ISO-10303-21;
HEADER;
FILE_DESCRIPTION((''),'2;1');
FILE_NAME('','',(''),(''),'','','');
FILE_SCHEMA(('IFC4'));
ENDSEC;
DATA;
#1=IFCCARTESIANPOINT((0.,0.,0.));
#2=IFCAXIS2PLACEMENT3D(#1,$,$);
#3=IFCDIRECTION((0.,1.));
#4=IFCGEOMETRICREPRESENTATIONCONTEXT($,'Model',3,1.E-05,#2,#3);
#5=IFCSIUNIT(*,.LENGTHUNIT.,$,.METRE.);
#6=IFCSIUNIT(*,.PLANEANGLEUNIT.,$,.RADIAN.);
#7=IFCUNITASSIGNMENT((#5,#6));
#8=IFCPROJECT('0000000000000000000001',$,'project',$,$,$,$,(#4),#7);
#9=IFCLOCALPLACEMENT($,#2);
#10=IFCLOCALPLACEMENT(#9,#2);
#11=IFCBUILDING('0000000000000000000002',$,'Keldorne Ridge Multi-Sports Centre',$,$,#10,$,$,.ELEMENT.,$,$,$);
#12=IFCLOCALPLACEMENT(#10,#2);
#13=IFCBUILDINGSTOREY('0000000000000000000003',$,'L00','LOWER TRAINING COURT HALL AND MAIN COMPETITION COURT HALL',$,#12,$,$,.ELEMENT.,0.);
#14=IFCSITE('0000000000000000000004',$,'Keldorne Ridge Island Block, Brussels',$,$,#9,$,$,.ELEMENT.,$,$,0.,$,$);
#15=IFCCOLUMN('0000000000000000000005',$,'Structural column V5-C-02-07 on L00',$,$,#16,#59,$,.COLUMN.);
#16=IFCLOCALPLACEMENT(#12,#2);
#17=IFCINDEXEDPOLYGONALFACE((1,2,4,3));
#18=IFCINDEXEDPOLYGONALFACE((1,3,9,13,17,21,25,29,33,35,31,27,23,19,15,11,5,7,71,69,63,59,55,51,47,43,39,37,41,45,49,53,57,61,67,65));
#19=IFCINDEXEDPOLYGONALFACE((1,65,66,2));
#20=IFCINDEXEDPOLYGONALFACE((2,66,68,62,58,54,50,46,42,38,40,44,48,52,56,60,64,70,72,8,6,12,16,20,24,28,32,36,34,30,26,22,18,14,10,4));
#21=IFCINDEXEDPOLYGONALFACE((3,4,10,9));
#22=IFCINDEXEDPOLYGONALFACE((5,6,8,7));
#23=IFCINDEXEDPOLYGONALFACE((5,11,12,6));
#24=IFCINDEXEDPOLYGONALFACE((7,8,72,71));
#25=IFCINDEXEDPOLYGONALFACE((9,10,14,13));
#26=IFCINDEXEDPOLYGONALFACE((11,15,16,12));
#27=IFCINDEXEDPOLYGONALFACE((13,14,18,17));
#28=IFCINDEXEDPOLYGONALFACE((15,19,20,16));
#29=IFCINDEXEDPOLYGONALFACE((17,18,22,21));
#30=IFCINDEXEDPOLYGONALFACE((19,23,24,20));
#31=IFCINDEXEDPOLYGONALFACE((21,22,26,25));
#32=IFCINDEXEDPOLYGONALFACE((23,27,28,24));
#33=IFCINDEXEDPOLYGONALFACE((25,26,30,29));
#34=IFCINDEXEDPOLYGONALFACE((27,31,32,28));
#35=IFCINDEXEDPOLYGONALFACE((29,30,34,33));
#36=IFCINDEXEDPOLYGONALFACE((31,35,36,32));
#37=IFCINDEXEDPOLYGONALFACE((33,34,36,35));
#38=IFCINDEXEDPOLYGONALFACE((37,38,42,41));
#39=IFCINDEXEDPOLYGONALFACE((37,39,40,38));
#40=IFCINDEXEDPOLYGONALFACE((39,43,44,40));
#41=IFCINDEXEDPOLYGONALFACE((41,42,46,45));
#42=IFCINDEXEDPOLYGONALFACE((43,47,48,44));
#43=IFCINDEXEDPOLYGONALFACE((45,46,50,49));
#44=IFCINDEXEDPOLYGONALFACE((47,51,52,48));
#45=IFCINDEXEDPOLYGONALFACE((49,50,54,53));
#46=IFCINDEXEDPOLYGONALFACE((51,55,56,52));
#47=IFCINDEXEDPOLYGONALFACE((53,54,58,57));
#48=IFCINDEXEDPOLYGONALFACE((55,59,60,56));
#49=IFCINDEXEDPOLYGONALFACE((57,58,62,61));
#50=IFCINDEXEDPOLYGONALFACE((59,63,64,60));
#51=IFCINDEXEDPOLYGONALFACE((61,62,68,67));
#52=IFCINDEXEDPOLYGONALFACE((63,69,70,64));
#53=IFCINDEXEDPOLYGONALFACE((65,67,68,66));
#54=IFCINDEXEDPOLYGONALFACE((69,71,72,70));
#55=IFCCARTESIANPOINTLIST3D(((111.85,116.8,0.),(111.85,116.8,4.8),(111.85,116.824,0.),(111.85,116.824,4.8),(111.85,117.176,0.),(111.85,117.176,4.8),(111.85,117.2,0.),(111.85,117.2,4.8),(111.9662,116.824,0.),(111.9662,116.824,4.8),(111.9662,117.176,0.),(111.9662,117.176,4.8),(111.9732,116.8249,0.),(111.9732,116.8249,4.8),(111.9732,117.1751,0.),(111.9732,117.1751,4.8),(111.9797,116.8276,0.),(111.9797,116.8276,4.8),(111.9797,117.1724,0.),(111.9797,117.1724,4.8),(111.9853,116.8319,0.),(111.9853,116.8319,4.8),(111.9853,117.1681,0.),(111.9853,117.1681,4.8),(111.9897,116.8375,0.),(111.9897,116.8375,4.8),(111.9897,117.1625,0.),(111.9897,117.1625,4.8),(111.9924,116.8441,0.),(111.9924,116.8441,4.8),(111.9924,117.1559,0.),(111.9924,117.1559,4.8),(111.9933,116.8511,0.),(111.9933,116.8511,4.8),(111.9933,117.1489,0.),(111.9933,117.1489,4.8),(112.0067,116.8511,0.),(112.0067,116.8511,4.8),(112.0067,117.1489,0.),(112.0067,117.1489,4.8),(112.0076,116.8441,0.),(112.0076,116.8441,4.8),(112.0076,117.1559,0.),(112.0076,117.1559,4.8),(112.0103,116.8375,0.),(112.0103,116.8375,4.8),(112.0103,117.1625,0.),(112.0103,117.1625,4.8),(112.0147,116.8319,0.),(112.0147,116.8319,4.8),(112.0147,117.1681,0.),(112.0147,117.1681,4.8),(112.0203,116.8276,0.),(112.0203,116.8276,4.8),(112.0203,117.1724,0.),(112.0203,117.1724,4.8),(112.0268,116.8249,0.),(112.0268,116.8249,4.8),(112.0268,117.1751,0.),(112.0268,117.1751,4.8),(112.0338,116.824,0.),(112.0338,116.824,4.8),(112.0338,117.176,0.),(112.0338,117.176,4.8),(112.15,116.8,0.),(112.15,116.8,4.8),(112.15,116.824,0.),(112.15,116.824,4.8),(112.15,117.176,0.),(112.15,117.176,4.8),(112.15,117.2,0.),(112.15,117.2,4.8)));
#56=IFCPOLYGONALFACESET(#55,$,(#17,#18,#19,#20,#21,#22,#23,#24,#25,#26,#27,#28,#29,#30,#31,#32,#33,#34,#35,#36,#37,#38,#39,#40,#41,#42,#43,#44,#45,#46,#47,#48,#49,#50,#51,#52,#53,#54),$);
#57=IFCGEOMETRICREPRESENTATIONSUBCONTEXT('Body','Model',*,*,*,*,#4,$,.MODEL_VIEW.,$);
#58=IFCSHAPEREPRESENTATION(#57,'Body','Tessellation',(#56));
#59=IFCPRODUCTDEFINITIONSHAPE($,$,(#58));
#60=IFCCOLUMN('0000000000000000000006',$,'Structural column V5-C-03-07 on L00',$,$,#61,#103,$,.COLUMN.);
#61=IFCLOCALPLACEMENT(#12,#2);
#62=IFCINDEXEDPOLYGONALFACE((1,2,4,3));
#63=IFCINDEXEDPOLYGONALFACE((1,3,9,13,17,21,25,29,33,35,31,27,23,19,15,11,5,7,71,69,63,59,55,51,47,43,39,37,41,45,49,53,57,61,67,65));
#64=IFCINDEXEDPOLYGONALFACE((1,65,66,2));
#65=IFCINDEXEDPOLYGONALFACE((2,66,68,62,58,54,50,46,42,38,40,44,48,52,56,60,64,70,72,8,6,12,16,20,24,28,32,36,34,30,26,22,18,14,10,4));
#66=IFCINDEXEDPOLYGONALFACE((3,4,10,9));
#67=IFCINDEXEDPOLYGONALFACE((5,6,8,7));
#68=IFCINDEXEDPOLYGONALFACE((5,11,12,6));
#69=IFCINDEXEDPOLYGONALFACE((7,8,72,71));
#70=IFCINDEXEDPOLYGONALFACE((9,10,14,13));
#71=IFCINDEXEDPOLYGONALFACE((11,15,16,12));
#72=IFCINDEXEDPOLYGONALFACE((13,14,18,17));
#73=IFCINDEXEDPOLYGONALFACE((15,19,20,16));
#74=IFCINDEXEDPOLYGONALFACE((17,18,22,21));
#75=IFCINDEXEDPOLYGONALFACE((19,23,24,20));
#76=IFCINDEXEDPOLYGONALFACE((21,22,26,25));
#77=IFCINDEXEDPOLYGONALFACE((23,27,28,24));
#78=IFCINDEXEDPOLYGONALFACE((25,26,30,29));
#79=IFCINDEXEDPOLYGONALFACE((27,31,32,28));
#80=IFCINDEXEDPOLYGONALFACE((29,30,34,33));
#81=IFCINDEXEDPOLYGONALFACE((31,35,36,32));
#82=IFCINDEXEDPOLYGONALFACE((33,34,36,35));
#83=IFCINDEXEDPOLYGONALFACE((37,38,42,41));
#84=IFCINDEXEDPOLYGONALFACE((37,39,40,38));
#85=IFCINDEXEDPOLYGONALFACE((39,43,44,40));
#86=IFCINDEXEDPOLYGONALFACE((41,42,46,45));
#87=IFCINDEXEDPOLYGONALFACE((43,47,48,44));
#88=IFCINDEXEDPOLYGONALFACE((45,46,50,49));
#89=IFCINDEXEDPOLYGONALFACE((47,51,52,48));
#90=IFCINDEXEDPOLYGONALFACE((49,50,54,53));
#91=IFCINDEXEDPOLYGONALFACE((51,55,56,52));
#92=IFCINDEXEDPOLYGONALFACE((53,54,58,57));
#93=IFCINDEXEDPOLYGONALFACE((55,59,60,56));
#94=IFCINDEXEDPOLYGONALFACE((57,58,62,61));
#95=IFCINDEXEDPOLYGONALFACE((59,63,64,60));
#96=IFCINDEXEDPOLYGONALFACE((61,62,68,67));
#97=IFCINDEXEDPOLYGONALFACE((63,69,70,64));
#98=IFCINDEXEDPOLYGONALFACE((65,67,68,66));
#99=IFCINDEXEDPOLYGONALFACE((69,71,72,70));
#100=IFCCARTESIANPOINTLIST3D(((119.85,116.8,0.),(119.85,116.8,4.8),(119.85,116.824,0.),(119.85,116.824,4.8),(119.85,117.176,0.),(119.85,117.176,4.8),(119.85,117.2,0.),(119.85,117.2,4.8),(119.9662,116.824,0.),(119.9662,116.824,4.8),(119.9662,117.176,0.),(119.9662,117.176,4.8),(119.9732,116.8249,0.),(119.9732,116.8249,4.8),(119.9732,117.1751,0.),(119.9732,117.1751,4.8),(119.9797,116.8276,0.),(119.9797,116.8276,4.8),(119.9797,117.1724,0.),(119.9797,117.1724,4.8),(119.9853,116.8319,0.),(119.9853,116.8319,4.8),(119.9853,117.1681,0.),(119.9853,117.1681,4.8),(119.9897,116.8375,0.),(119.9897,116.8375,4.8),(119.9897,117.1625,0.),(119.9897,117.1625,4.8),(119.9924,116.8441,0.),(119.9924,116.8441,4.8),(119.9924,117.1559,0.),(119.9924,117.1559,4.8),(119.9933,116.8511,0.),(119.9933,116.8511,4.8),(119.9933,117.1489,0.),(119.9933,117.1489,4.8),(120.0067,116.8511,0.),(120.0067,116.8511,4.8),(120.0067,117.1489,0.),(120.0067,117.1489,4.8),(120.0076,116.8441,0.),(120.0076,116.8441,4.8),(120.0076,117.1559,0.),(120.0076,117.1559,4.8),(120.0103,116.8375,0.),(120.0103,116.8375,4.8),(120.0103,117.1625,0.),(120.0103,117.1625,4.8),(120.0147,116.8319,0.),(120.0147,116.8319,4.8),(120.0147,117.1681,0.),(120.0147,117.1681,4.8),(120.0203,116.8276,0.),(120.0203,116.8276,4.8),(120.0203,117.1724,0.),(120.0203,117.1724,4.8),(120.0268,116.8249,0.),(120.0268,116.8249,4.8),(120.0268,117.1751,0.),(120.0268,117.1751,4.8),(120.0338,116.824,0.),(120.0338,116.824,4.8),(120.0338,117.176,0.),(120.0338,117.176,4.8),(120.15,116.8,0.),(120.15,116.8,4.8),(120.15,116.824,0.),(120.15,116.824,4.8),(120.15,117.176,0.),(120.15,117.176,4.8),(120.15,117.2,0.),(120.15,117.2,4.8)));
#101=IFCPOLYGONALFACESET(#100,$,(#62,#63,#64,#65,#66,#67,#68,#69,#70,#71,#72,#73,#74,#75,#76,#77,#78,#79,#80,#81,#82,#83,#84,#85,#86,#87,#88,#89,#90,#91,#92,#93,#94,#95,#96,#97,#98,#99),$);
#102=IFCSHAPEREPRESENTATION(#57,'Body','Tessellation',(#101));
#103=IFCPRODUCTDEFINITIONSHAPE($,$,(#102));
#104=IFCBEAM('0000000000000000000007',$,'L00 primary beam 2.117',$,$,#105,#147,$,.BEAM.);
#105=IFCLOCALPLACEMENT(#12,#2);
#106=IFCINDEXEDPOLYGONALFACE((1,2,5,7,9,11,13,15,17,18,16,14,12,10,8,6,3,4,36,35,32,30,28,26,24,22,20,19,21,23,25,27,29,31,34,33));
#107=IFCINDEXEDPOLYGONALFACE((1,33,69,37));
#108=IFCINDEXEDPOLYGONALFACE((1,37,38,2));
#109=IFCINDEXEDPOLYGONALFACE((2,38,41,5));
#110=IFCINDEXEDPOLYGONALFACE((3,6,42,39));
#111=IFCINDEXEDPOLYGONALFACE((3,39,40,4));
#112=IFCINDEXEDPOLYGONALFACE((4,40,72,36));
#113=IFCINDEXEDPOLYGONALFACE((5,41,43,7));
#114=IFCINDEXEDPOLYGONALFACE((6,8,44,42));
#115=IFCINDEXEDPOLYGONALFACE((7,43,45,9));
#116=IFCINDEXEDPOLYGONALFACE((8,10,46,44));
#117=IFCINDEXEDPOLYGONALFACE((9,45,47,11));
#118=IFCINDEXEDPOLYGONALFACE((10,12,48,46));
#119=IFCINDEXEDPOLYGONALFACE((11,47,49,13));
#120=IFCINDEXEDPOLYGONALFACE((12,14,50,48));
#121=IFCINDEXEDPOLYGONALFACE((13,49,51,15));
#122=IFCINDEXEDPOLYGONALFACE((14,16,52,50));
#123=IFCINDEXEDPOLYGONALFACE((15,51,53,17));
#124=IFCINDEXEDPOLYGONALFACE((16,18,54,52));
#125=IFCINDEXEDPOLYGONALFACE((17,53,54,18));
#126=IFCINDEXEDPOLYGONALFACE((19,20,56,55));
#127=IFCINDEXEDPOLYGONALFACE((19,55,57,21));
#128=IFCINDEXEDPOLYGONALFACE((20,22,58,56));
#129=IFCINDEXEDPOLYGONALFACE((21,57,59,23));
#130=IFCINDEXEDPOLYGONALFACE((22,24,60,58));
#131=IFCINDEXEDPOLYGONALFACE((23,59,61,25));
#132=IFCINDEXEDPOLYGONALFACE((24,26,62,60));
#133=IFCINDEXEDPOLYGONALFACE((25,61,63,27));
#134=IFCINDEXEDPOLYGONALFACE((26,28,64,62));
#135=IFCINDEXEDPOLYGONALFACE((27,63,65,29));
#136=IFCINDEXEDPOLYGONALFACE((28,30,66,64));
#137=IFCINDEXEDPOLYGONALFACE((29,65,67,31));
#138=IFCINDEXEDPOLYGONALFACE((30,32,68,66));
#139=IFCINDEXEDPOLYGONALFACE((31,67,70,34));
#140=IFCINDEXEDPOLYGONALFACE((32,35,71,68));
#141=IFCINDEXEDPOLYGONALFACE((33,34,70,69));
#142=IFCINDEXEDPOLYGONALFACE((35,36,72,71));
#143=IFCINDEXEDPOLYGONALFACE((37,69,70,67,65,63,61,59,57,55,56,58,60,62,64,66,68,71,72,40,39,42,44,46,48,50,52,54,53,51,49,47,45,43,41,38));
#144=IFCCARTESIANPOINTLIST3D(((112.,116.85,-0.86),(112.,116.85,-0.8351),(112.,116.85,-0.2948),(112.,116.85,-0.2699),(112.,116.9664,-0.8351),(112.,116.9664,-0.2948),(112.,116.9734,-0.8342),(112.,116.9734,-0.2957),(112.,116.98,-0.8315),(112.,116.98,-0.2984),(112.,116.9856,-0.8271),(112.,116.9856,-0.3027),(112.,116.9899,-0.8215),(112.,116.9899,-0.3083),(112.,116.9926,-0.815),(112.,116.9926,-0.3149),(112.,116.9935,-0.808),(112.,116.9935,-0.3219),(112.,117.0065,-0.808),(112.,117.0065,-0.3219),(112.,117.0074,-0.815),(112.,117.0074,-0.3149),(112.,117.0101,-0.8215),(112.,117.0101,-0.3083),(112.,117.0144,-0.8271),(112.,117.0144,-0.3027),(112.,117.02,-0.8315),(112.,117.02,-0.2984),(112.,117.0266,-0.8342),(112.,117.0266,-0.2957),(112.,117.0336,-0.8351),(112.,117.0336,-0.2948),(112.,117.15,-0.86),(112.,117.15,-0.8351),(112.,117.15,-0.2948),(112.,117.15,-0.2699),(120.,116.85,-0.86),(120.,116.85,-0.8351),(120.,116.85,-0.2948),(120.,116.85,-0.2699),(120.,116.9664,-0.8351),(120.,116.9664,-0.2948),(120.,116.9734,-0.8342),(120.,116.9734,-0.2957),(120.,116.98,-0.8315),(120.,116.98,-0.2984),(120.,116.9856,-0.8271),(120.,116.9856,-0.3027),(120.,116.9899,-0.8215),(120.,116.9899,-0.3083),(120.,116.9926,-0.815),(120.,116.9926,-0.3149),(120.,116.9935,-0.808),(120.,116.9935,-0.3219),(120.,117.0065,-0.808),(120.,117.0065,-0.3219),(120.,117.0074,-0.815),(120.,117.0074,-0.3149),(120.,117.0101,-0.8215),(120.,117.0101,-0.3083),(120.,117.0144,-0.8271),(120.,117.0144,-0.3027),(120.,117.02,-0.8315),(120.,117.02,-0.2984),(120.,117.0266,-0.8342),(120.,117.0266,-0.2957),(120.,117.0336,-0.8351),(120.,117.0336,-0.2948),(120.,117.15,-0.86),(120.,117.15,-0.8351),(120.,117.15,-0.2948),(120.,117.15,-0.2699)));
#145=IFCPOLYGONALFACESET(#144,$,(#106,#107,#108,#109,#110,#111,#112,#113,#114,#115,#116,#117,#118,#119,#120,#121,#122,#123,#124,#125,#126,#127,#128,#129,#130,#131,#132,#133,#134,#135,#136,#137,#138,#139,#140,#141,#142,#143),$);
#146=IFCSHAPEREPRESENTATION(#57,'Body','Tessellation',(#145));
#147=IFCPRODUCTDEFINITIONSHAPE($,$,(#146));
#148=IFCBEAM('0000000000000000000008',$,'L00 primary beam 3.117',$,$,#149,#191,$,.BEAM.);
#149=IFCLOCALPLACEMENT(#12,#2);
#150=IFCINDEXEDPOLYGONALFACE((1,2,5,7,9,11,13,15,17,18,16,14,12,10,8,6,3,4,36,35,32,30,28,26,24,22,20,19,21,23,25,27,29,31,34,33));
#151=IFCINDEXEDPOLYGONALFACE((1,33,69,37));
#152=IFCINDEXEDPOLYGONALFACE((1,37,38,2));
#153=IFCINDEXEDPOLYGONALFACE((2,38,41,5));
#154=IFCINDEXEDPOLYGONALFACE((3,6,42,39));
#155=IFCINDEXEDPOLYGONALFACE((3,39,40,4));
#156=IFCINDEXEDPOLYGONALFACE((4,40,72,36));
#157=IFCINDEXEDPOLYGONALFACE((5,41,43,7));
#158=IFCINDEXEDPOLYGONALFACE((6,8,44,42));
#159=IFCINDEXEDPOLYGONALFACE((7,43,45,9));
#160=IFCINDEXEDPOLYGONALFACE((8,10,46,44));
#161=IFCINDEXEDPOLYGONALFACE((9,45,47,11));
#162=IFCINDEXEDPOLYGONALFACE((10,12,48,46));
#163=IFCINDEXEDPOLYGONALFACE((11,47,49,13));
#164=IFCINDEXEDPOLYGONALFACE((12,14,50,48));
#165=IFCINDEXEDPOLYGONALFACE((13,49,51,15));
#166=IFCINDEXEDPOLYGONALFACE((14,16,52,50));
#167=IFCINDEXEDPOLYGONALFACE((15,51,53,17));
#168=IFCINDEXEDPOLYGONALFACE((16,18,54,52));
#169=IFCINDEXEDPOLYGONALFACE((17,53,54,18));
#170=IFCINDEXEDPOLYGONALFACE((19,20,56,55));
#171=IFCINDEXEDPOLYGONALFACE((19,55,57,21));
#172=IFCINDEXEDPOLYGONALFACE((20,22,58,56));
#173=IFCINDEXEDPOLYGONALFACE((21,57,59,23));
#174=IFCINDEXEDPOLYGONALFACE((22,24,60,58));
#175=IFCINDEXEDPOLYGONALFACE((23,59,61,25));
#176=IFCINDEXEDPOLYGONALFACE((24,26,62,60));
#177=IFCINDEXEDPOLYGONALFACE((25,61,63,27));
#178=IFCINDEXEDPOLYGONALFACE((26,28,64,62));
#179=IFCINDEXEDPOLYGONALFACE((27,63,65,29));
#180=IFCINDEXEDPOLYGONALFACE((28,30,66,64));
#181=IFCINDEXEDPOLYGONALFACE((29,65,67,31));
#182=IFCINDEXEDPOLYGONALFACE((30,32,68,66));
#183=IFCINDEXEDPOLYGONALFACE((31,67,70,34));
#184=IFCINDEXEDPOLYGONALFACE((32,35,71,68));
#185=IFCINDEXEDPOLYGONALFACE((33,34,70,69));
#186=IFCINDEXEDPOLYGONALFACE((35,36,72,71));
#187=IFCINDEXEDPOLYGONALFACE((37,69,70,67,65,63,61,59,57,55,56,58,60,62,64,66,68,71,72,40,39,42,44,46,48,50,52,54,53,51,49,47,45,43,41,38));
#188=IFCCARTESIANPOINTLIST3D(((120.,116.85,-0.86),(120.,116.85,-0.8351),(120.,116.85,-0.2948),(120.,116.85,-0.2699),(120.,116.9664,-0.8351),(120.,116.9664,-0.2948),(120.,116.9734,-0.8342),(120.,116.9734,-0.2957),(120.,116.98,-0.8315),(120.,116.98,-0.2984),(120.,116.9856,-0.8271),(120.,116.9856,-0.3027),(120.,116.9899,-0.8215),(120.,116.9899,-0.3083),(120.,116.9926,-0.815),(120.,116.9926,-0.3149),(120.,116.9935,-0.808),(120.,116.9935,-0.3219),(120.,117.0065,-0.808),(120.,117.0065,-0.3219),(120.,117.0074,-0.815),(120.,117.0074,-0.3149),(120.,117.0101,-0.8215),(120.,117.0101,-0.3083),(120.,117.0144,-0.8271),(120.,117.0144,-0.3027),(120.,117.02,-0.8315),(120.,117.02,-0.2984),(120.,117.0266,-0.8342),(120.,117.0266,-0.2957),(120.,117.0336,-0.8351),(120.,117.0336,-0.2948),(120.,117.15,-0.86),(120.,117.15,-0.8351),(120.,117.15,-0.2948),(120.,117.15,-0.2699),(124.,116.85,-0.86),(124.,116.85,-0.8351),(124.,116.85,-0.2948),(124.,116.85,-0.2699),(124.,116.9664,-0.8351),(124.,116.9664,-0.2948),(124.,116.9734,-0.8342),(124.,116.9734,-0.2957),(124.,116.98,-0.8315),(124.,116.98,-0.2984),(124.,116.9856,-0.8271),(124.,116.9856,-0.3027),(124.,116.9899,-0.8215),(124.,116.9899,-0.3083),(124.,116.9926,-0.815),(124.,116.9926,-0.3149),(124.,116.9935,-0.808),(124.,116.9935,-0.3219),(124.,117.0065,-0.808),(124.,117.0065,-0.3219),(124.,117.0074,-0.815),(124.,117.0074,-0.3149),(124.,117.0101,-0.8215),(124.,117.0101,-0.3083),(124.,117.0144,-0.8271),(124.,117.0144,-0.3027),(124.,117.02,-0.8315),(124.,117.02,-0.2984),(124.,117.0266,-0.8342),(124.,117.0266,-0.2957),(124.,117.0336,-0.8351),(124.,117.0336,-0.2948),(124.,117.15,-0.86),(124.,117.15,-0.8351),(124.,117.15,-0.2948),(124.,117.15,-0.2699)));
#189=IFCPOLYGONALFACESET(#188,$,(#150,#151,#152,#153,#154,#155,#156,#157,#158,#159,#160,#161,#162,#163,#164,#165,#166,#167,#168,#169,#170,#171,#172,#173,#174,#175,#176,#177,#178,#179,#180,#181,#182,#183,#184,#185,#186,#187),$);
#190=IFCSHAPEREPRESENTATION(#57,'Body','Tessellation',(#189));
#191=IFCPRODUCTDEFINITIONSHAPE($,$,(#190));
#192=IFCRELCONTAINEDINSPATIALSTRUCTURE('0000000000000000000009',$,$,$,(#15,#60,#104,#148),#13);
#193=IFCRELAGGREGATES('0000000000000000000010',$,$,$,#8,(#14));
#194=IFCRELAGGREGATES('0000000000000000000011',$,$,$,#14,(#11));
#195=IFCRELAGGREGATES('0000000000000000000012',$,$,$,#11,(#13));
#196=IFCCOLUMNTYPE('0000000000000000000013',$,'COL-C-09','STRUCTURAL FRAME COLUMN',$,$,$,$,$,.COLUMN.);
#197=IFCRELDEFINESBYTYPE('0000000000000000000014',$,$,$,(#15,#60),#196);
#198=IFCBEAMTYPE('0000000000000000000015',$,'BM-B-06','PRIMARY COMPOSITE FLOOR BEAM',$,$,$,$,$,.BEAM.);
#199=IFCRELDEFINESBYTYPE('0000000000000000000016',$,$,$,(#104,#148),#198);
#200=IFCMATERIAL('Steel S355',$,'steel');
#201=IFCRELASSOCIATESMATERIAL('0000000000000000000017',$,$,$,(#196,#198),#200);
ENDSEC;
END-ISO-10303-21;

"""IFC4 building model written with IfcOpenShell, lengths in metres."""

from ifc_helpers import new_model, si_unit, direction, frame, origin, origin_2d, place, context, subcontext, project, spatial, i_section, extrude, material, material_profile, profile_set, type_object, element, save


model = new_model("IFC4")

# Units and contexts
model_context = context("Model", 3, precision=1e-05, world=origin(), true_north=direction((0.0, 1.0)))
body_context = subcontext(model_context, "Body", "Model", "MODEL_VIEW")
ifc_project = project(units=[si_unit("LENGTHUNIT", "METRE"), si_unit("PLANEANGLEUNIT", "RADIAN")], contexts=[model_context])

# Site, building, storey
site_placement = place(None, origin())
site = spatial("IfcSite", under=ifc_project, at=site_placement, Name="Keldorne Ridge Island Block, Brussels", CompositionType="ELEMENT", RefElevation=0.0)
building_placement = place(site_placement, origin())
building = spatial("IfcBuilding", under=site, at=building_placement, Name="Keldorne Ridge Multi-Sports Centre", CompositionType="ELEMENT")
storey_placement = place(building_placement, origin())
storey = spatial("IfcBuildingStorey", under=building, at=storey_placement, Name="L00", Description="LOWER TRAINING COURT HALL AND MAIN COMPETITION COURT HALL", CompositionType="ELEMENT", Elevation=0.0)

# Columns
ifc_material_1 = material(Name="Steel S355", Category="steel")
ifc_material_profile_1 = material_profile(ifc_material_1, i_section(OverallWidth=0.3, OverallDepth=0.3999, WebThickness=0.0134, FlangeThickness=0.0239, FilletRadius=0.0271, at=origin_2d()), Name="HEB 400")
ifc_profile_set_1 = profile_set([ifc_material_profile_1], Name="Steel S355")
column_type = type_object("IfcColumnType", Name="COL-C-09", Description="STRUCTURAL FRAME COLUMN", PredefinedType="COLUMN", material=ifc_profile_set_1)
for number, where, z_axis, x_axis, name in (
    (1, (112.0, 117.0, 0.0), (0.0, 0.0, 1.0), (1.0, 0.0, 0.0), "Structural column V5-C-02-07 on L00"),
    (2, (120.0, 117.0, 0.0), (0.0, 0.0, 1.0), (1.0, 0.0, 0.0), "Structural column V5-C-03-07 on L00"),
):
    element("IfcColumn", number, at=place(storey_placement, frame(where, z_axis=z_axis, x_axis=x_axis)), inside=storey, type_object=column_type, Name=name, PredefinedType="COLUMN", context=body_context, shape_type="SweptSolid", body=[
        extrude(i_section(OverallWidth=0.3, OverallDepth=0.3999, WebThickness=0.0134, FlangeThickness=0.0239, FilletRadius=0.0271, at=origin_2d()), origin(), (0.0, 0.0, 1.0), 4.8),
    ])

# Beams
ifc_material_profile_2 = material_profile(ifc_material_1, i_section(OverallWidth=0.3, OverallDepth=0.5901, WebThickness=0.0129, FlangeThickness=0.0249, FilletRadius=0.0271, at=origin_2d()), Name="HEA 600")
ifc_profile_set_2 = profile_set([ifc_material_profile_2], Name="Steel S355")
beam_type_1 = type_object("IfcBeamType", Name="BM-B-06", Description="PRIMARY COMPOSITE FLOOR BEAM", PredefinedType="BEAM", material=ifc_profile_set_2)
beam_1_placement = place(storey_placement, frame((112.0, 117.0, -0.5649), z_axis=(1.0, 0.0, 0.0), x_axis=(0.0, 1.0, 0.0)))
element("IfcBeam", 3, at=beam_1_placement, inside=storey, type_object=beam_type_1, Name="L00 primary beam 2.117", PredefinedType="BEAM", context=body_context, shape_type="SweptSolid", body=[
    extrude(i_section(OverallWidth=0.3, OverallDepth=0.5901, WebThickness=0.0129, FlangeThickness=0.0249, FilletRadius=0.0271, at=origin_2d()), origin(), (0.0, 0.0, 1.0), 8.0),
])
beam_2_placement = place(storey_placement, frame((120.0, 117.0, -0.5649), z_axis=(1.0, 0.0, 0.0), x_axis=(0.0, 1.0, 0.0)))
element("IfcBeam", 4, at=beam_2_placement, inside=storey, type_object=beam_type_1, Name="L00 primary beam 3.117", PredefinedType="BEAM", context=body_context, shape_type="SweptSolid", body=[
    extrude(i_section(OverallWidth=0.3, OverallDepth=0.5901, WebThickness=0.0129, FlangeThickness=0.0249, FilletRadius=0.0271, at=origin_2d()), origin(), (0.0, 0.0, 1.0), 4.0),
])

save(model, "model.ifc")
